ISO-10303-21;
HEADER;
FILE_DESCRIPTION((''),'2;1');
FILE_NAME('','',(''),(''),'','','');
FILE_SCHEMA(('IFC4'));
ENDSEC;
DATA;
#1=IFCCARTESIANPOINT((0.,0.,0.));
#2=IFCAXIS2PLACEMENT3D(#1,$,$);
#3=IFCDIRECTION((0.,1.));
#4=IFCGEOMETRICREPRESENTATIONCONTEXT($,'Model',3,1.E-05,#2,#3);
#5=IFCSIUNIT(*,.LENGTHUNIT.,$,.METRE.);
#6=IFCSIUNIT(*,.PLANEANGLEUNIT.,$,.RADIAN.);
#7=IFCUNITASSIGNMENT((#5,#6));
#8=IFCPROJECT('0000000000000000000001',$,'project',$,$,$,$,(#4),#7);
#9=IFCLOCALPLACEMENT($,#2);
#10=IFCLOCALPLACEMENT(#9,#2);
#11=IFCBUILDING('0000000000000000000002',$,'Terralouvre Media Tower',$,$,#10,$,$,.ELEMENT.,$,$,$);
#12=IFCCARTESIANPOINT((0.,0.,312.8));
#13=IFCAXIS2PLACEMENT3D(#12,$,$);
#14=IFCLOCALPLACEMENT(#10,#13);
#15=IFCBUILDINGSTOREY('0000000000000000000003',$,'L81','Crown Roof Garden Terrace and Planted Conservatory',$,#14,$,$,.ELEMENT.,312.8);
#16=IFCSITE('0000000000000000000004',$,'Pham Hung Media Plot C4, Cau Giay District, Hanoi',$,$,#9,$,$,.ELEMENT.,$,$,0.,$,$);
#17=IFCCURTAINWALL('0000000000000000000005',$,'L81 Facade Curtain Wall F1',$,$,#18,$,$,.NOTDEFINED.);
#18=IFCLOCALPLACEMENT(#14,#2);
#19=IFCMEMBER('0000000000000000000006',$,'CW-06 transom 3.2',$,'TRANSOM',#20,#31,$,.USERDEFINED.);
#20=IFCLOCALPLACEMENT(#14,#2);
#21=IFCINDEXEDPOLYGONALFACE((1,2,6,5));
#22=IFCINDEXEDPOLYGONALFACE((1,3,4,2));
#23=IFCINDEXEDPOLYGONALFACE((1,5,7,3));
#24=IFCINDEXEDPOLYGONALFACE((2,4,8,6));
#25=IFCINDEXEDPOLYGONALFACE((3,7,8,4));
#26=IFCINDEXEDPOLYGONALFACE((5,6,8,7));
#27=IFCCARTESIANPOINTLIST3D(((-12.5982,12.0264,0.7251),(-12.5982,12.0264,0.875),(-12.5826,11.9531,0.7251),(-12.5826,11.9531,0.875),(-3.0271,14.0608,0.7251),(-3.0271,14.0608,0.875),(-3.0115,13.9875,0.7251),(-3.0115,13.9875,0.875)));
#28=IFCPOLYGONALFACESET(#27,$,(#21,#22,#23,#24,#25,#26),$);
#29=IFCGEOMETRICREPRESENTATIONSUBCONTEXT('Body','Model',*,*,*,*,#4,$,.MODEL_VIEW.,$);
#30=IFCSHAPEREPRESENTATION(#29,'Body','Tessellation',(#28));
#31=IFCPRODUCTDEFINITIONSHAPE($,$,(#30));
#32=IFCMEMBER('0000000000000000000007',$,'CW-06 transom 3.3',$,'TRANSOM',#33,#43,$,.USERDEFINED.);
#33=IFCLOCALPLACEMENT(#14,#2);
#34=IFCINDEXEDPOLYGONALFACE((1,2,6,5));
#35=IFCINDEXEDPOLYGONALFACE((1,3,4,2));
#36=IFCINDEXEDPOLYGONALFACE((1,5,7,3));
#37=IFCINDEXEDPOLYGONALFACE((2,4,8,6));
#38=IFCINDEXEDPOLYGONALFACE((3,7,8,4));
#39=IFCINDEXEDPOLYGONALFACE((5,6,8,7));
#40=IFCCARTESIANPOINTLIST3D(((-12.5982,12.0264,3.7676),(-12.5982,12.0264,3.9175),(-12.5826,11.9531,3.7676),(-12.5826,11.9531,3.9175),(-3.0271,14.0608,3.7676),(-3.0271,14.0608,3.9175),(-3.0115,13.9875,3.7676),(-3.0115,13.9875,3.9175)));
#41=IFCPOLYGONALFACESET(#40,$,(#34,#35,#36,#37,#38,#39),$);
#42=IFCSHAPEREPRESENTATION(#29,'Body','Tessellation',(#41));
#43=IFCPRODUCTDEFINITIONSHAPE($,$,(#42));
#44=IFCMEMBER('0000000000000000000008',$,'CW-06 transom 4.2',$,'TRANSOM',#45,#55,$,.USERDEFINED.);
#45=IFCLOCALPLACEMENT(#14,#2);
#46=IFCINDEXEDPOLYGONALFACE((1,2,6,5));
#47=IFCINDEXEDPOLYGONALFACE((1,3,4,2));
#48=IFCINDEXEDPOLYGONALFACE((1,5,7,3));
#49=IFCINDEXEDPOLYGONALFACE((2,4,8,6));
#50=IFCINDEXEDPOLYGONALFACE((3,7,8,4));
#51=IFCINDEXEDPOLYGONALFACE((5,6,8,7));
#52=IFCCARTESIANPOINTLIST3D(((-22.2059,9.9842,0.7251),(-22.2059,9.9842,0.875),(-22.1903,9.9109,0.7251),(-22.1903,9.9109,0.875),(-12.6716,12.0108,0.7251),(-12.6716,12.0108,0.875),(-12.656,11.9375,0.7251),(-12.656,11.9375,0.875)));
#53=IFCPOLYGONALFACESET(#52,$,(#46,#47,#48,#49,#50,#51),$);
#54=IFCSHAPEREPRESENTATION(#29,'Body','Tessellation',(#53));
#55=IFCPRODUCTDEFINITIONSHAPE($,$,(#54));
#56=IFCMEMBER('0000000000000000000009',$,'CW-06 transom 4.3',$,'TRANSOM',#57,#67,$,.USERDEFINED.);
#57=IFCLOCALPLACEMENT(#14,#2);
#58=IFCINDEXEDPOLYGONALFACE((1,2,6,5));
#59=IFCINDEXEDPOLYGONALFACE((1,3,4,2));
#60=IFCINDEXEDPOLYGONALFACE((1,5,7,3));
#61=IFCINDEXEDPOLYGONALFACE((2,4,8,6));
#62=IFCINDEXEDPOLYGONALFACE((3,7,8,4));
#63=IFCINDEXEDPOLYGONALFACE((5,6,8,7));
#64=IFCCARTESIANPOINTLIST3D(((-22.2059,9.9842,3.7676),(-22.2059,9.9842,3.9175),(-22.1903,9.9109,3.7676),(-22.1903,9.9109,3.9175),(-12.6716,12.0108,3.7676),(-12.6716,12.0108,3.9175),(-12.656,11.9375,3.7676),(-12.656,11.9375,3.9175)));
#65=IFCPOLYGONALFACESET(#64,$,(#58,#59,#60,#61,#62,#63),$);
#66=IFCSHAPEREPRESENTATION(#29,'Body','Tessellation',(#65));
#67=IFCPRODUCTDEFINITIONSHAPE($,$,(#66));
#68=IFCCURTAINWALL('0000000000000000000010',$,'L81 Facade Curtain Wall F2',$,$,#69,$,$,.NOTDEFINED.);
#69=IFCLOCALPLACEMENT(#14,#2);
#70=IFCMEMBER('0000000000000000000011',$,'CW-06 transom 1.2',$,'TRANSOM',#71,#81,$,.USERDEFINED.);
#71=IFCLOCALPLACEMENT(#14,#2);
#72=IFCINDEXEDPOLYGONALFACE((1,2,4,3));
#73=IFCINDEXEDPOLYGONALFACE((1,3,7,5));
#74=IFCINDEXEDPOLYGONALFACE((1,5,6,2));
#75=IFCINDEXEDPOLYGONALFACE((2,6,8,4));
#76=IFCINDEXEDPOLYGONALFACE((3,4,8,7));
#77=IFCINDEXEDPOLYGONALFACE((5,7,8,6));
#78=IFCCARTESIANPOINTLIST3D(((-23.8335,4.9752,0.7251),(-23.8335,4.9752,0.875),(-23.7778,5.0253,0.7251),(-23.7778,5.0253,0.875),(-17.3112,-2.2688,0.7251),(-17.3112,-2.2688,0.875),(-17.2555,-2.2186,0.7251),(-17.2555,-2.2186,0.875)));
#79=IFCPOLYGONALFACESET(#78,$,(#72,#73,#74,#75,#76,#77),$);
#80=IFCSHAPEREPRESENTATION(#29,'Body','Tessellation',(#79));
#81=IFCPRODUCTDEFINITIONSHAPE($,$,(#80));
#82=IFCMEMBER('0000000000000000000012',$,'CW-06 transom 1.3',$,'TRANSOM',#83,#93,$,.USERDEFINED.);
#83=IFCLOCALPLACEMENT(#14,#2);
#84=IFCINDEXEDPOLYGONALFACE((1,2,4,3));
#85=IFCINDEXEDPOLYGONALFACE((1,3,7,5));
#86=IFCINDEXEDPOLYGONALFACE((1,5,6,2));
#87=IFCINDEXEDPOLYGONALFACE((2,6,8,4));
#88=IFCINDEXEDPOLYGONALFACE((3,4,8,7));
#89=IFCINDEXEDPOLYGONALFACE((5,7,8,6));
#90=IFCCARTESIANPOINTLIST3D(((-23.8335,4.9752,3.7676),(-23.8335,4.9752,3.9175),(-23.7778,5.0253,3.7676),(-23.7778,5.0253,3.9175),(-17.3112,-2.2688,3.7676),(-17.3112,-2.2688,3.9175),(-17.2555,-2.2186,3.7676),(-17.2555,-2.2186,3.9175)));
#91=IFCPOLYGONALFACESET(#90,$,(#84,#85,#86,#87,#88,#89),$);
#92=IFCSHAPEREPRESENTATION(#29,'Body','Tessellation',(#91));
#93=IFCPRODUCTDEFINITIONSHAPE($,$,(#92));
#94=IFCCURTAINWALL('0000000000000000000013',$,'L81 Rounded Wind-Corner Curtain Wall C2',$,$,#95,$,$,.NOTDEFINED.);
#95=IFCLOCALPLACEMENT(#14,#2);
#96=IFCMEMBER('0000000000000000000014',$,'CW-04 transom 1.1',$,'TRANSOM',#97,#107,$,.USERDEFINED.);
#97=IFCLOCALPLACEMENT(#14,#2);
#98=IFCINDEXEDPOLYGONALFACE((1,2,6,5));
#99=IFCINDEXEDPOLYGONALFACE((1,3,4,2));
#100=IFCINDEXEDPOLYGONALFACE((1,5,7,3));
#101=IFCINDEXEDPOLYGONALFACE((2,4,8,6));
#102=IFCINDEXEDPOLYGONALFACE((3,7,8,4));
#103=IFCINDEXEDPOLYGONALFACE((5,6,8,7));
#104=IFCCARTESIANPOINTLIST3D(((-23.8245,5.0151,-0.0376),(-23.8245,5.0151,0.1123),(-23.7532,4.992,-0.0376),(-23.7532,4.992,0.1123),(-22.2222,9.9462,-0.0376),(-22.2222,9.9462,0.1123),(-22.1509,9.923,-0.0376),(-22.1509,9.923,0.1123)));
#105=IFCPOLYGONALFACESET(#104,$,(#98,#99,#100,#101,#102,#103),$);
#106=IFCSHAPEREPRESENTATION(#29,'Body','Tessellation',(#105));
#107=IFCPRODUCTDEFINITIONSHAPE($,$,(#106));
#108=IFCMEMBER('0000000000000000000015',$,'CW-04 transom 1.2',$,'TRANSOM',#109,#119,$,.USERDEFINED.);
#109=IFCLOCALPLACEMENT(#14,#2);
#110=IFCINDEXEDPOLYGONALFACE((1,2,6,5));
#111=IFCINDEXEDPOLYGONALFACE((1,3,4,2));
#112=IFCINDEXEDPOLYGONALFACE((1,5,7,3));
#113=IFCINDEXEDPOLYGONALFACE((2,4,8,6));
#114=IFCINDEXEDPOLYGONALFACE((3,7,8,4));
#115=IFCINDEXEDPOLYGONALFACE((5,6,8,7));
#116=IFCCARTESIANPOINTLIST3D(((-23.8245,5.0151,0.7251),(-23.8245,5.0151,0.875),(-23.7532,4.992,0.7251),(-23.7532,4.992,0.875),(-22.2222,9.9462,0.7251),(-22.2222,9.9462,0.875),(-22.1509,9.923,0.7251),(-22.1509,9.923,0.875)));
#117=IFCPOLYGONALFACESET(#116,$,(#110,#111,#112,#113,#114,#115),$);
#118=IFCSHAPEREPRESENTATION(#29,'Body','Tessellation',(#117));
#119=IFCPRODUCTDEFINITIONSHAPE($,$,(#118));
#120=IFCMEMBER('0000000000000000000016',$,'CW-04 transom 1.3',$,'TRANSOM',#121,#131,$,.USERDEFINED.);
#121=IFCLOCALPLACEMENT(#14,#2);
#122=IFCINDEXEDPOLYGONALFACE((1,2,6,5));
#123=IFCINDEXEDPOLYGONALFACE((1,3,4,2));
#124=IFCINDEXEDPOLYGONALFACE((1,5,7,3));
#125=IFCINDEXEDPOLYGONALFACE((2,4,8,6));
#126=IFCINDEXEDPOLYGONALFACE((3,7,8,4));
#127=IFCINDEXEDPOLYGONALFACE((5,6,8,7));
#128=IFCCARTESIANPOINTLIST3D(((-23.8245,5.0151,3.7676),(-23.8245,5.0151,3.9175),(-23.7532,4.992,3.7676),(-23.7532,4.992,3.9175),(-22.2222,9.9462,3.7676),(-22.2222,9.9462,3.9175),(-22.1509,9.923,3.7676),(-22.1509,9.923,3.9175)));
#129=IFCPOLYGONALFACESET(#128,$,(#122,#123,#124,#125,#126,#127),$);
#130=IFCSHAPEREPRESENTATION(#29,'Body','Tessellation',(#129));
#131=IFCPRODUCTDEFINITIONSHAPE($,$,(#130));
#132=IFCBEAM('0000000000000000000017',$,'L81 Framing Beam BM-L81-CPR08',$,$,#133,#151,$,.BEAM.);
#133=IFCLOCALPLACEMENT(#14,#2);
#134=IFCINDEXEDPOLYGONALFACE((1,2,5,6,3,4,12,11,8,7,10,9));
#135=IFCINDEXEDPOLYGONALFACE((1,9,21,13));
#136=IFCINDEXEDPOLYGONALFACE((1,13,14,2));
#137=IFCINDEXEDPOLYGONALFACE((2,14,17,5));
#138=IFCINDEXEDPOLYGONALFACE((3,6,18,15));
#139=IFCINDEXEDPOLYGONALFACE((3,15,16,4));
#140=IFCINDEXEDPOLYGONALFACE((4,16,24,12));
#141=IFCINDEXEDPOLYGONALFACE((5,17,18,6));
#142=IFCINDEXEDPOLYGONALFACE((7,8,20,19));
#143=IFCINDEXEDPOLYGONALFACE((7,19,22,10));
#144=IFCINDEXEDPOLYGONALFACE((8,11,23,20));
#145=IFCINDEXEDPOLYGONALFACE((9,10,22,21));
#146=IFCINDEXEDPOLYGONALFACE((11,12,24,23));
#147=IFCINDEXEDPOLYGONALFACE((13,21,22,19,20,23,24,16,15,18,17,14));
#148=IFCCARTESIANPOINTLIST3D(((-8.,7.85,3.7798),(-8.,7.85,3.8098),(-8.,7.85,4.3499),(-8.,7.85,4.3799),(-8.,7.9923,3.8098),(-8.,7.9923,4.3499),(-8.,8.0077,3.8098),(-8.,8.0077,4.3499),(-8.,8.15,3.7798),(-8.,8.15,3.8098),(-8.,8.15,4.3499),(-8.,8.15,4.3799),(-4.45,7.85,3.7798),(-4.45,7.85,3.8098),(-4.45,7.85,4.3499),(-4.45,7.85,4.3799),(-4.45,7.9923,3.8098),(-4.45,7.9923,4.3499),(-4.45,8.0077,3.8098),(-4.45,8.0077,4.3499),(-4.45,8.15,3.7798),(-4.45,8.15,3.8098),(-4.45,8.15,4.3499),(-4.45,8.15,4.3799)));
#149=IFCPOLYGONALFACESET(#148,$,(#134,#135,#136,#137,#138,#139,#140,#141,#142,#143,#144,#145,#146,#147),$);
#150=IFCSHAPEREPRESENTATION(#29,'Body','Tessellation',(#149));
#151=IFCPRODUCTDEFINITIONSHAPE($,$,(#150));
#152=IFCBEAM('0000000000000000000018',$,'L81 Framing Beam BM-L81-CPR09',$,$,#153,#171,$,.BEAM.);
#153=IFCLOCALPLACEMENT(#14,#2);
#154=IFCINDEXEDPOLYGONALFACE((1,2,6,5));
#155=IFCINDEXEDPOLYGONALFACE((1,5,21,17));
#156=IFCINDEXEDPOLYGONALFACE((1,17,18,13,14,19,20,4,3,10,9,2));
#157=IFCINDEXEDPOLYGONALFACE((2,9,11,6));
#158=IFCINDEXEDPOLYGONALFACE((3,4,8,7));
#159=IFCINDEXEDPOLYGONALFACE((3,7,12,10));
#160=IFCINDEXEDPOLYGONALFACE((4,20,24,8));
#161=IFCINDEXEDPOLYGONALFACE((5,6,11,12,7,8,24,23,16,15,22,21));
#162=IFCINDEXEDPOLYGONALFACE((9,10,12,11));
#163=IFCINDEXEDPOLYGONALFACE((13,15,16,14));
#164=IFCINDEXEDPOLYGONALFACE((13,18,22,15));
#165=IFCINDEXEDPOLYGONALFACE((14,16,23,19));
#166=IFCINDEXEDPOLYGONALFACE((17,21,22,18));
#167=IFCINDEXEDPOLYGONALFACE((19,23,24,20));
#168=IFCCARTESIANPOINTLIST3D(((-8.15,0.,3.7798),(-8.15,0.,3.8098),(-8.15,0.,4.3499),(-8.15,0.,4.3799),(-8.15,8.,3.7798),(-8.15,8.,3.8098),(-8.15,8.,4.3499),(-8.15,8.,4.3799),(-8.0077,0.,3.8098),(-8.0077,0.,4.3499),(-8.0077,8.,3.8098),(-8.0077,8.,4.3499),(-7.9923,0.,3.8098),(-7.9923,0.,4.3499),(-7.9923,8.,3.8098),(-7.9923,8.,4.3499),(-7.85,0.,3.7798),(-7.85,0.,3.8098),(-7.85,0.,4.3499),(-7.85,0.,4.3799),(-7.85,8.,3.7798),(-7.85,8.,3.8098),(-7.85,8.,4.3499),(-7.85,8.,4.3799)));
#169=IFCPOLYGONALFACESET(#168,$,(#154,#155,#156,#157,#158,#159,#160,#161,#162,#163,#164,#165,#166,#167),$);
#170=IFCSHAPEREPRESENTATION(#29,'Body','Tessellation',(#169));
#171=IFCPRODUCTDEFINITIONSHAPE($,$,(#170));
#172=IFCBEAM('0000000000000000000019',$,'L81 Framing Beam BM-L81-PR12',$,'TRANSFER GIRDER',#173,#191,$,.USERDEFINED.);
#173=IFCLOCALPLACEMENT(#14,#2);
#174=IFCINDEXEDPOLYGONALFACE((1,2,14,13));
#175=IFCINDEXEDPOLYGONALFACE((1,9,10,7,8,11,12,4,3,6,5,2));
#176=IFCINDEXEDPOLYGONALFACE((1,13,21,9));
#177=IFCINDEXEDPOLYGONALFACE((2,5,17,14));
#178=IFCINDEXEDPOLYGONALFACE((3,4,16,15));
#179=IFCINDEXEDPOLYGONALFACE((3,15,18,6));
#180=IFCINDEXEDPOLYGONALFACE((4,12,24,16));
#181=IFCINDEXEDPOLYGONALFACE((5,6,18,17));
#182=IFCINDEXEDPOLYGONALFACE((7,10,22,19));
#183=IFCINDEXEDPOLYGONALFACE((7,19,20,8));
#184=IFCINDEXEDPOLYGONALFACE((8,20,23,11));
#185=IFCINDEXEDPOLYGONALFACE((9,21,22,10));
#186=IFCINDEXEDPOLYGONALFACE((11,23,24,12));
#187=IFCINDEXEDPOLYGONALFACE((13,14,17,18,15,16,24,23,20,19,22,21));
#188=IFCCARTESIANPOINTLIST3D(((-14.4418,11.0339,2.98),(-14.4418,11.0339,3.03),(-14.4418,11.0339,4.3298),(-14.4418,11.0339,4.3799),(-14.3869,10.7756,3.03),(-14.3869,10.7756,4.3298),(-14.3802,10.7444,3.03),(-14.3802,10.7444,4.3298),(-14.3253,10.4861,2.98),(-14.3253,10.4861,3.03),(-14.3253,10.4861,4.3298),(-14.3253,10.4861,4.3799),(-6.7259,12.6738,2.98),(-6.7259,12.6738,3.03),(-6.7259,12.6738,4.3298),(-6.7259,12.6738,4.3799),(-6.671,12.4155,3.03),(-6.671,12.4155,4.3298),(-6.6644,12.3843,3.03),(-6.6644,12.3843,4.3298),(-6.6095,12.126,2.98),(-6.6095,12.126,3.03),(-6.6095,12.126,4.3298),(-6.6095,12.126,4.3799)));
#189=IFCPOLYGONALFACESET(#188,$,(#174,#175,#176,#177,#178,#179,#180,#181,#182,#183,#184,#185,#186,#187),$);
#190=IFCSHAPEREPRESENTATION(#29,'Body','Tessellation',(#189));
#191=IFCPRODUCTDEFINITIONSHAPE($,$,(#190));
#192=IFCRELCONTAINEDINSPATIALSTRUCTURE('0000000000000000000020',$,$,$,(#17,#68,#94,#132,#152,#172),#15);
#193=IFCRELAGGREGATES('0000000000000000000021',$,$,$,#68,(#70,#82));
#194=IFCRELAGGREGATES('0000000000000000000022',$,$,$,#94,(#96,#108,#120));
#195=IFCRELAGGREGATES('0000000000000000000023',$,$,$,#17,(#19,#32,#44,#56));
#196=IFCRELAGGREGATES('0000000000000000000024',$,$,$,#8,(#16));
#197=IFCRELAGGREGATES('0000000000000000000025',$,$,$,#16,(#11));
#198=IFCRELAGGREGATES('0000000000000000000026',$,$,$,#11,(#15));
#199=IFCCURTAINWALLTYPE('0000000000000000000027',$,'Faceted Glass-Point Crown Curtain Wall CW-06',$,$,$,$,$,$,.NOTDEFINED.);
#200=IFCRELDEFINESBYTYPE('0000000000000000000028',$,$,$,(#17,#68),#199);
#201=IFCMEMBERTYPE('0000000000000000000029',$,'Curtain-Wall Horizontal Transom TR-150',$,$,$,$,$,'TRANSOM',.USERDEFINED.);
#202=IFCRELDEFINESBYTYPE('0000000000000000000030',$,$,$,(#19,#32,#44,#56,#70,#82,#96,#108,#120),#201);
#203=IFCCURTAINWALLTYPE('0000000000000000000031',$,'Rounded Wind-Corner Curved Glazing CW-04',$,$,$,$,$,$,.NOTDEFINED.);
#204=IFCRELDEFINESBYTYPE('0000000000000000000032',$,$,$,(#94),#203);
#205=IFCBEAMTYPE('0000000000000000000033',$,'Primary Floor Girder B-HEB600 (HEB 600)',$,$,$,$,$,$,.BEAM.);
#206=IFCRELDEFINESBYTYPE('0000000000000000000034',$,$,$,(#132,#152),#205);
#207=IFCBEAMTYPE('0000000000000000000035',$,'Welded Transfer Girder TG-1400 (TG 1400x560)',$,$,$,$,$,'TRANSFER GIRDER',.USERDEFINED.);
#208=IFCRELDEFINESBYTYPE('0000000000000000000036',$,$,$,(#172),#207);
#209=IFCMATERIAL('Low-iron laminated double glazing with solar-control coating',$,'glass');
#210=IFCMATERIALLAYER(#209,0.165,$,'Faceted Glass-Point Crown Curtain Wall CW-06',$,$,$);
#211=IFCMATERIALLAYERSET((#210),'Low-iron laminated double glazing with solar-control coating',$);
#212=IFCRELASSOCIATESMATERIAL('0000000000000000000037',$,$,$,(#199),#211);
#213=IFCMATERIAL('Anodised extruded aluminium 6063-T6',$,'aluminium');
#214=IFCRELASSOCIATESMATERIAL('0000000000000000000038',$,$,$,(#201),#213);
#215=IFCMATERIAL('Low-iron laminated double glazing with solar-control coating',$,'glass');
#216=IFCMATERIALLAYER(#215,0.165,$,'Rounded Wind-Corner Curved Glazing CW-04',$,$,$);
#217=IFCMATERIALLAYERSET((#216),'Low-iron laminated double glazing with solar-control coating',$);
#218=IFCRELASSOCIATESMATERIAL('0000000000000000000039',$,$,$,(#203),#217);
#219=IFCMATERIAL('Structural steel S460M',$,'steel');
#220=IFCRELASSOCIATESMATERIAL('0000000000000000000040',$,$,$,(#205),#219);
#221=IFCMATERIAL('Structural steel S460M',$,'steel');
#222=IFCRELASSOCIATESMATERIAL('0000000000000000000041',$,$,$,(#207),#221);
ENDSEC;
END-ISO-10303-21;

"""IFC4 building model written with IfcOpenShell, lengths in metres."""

from ifc_helpers import new_model, si_unit, direction, frame, origin, origin_2d, place, context, subcontext, project, spatial, rectangle, i_section, extrude, material, layer, layer_set, material_profile, profile_set, type_object, element, aggregate, save


model = new_model("IFC4")

# Units and contexts
model_context = context("Model", 3, precision=1e-05, world=origin(), true_north=direction((0.0, 1.0)))
body_context = subcontext(model_context, "Body", "Model", "MODEL_VIEW")
ifc_project = project(units=[si_unit("LENGTHUNIT", "METRE"), si_unit("PLANEANGLEUNIT", "RADIAN")], contexts=[model_context])

# Site, building, storey
site_placement = place(None, origin())
site = spatial("IfcSite", under=ifc_project, at=site_placement, Name="Pham Hung Media Plot C4, Cau Giay District, Hanoi", CompositionType="ELEMENT", RefElevation=0.0)
building_placement = place(site_placement, origin())
building = spatial("IfcBuilding", under=site, at=building_placement, Name="Terralouvre Media Tower", CompositionType="ELEMENT")
storey_placement = place(building_placement, frame((0.0, 0.0, 312.8)))
storey = spatial("IfcBuildingStorey", under=building, at=storey_placement, Name="L81", Description="Crown Roof Garden Terrace and Planted Conservatory", CompositionType="ELEMENT", Elevation=312.8)

# Curtain walls, members
ifc_material_1 = material(Name="Low-iron laminated double glazing with solar-control coating", Category="glass")
ifc_layer_1 = layer(ifc_material_1, 0.165, Name="Faceted Glass-Point Crown Curtain Wall CW-06")
ifc_layer_set_1 = layer_set([ifc_layer_1], Name="Low-iron laminated double glazing with solar-control coating")
curtain_wall_type_1 = type_object("IfcCurtainWallType", Name="Faceted Glass-Point Crown Curtain Wall CW-06", PredefinedType="NOTDEFINED", material=ifc_layer_set_1)
curtain_wall_1_placement = place(storey_placement, origin())
curtain_wall_1 = element("IfcCurtainWall", 1, at=curtain_wall_1_placement, inside=storey, type_object=curtain_wall_type_1, Name="L81 Facade Curtain Wall F1", PredefinedType="NOTDEFINED")
ifc_material_2 = material(Name="Anodised extruded aluminium 6063-T6", Category="aluminium")
ifc_material_profile_1 = material_profile(ifc_material_2, rectangle(XDim=0.075, YDim=0.1499, at=origin_2d()), Name="ALU 75x150")
ifc_profile_set_1 = profile_set([ifc_material_profile_1], Name="Anodised extruded aluminium 6063-T6")
member_type = type_object("IfcMemberType", Name="Curtain-Wall Horizontal Transom TR-150", ElementType="TRANSOM", PredefinedType="USERDEFINED", material=ifc_profile_set_1)
member_1_placement = place(storey_placement, frame((-3.0193, 14.0242, 0.8), z_axis=(-0.978147, -0.207915, 0.0), x_axis=(0.207915, -0.978147, 0.0)))
member_1 = element("IfcMember", 2, at=member_1_placement, type_object=member_type, Name="CW-06 transom 3.2", ObjectType="TRANSOM", PredefinedType="USERDEFINED", context=body_context, shape_type="SweptSolid", body=[
    extrude(rectangle(XDim=0.075, YDim=0.1499, at=origin_2d()), origin(), (0.0, 0.0, 1.0), 9.7849),
])
member_2_placement = place(storey_placement, frame((-3.0193, 14.0242, 3.8425), z_axis=(-0.978147, -0.207915, 0.0), x_axis=(0.207915, -0.978147, 0.0)))
member_2 = element("IfcMember", 3, at=member_2_placement, type_object=member_type, Name="CW-06 transom 3.3", ObjectType="TRANSOM", PredefinedType="USERDEFINED", context=body_context, shape_type="SweptSolid", body=[
    extrude(rectangle(XDim=0.075, YDim=0.1499, at=origin_2d()), origin(), (0.0, 0.0, 1.0), 9.7849),
])
member_3_placement = place(storey_placement, frame((-12.6638, 11.9741, 0.8), z_axis=(-0.978147, -0.207912, 0.0), x_axis=(0.207912, -0.978147, 0.0)))
member_3 = element("IfcMember", 4, at=member_3_placement, type_object=member_type, Name="CW-06 transom 4.2", ObjectType="TRANSOM", PredefinedType="USERDEFINED", context=body_context, shape_type="SweptSolid", body=[
    extrude(rectangle(XDim=0.075, YDim=0.1499, at=origin_2d()), origin(), (0.0, 0.0, 1.0), 9.7473),
])
member_4_placement = place(storey_placement, frame((-12.6638, 11.9741, 3.8425), z_axis=(-0.978147, -0.207912, 0.0), x_axis=(0.207912, -0.978147, 0.0)))
member_4 = element("IfcMember", 5, at=member_4_placement, type_object=member_type, Name="CW-06 transom 4.3", ObjectType="TRANSOM", PredefinedType="USERDEFINED", context=body_context, shape_type="SweptSolid", body=[
    extrude(rectangle(XDim=0.075, YDim=0.1499, at=origin_2d()), origin(), (0.0, 0.0, 1.0), 9.7473),
])
curtain_wall_2_placement = place(storey_placement, origin())
curtain_wall_2 = element("IfcCurtainWall", 6, at=curtain_wall_2_placement, inside=storey, type_object=curtain_wall_type_1, Name="L81 Facade Curtain Wall F2", PredefinedType="NOTDEFINED")
member_5_placement = place(storey_placement, frame((-23.8057, 5.0002, 0.8), z_axis=(0.669118, -0.743156, 0.0), x_axis=(0.743156, 0.669118, 0.0)))
member_5 = element("IfcMember", 7, at=member_5_placement, type_object=member_type, Name="CW-06 transom 1.2", ObjectType="TRANSOM", PredefinedType="USERDEFINED", context=body_context, shape_type="SweptSolid", body=[
    extrude(rectangle(XDim=0.075, YDim=0.1499, at=origin_2d()), origin(), (0.0, 0.0, 1.0), 9.7476),
])
member_6_placement = place(storey_placement, frame((-23.8057, 5.0002, 3.8425), z_axis=(0.669118, -0.743156, 0.0), x_axis=(0.743156, 0.669118, 0.0)))
member_6 = element("IfcMember", 8, at=member_6_placement, type_object=member_type, Name="CW-06 transom 1.3", ObjectType="TRANSOM", PredefinedType="USERDEFINED", context=body_context, shape_type="SweptSolid", body=[
    extrude(rectangle(XDim=0.075, YDim=0.1499, at=origin_2d()), origin(), (0.0, 0.0, 1.0), 9.7476),
])
aggregate(curtain_wall_2, [member_5, member_6])
ifc_material_3 = material(Name="Low-iron laminated double glazing with solar-control coating", Category="glass")
ifc_layer_2 = layer(ifc_material_3, 0.165, Name="Rounded Wind-Corner Curved Glazing CW-04")
ifc_layer_set_2 = layer_set([ifc_layer_2], Name="Low-iron laminated double glazing with solar-control coating")
curtain_wall_type_2 = type_object("IfcCurtainWallType", Name="Rounded Wind-Corner Curved Glazing CW-04", PredefinedType="NOTDEFINED", material=ifc_layer_set_2)
curtain_wall_3_placement = place(storey_placement, origin())
curtain_wall_3 = element("IfcCurtainWall", 9, at=curtain_wall_3_placement, inside=storey, type_object=curtain_wall_type_2, Name="L81 Rounded Wind-Corner Curtain Wall C2", PredefinedType="NOTDEFINED")
member_7_placement = place(storey_placement, frame((-22.1865, 9.9346, 0.0374), z_axis=(-0.309042, -0.951048, 0.0), x_axis=(0.951048, -0.309042, 0.0)))
member_7 = element("IfcMember", 10, at=member_7_placement, type_object=member_type, Name="CW-04 transom 1.1", ObjectType="TRANSOM", PredefinedType="USERDEFINED", context=body_context, shape_type="SweptSolid", body=[
    extrude(rectangle(XDim=0.075, YDim=0.1499, at=origin_2d()), origin(), (0.0, 0.0, 1.0), 5.1848),
])
member_8_placement = place(storey_placement, frame((-22.1865, 9.9346, 0.8), z_axis=(-0.309042, -0.951048, 0.0), x_axis=(0.951048, -0.309042, 0.0)))
member_8 = element("IfcMember", 11, at=member_8_placement, type_object=member_type, Name="CW-04 transom 1.2", ObjectType="TRANSOM", PredefinedType="USERDEFINED", context=body_context, shape_type="SweptSolid", body=[
    extrude(rectangle(XDim=0.075, YDim=0.1499, at=origin_2d()), origin(), (0.0, 0.0, 1.0), 5.1848),
])
member_9_placement = place(storey_placement, frame((-22.1865, 9.9346, 3.8425), z_axis=(-0.309042, -0.951048, 0.0), x_axis=(0.951048, -0.309042, 0.0)))
member_9 = element("IfcMember", 12, at=member_9_placement, type_object=member_type, Name="CW-04 transom 1.3", ObjectType="TRANSOM", PredefinedType="USERDEFINED", context=body_context, shape_type="SweptSolid", body=[
    extrude(rectangle(XDim=0.075, YDim=0.1499, at=origin_2d()), origin(), (0.0, 0.0, 1.0), 5.1848),
])

# Beams
ifc_material_4 = material(Name="Structural steel S460M", Category="steel")
ifc_material_profile_2 = material_profile(ifc_material_4, i_section(OverallWidth=0.3, OverallDepth=0.6001, WebThickness=0.0154, FlangeThickness=0.03, at=origin_2d()), Name="HEB 600")
ifc_profile_set_2 = profile_set([ifc_material_profile_2], Name="Structural steel S460M")
beam_type_1 = type_object("IfcBeamType", Name="Primary Floor Girder B-HEB600 (HEB 600)", PredefinedType="BEAM", material=ifc_profile_set_2)
beam_1_placement = place(storey_placement, frame((-4.45, 8.0, 4.0798), z_axis=(-1.0, 0.0, 0.0), x_axis=(0.0, -1.0, 0.0)))
element("IfcBeam", 13, at=beam_1_placement, inside=storey, type_object=beam_type_1, Name="L81 Framing Beam BM-L81-CPR08", PredefinedType="BEAM", context=body_context, shape_type="SweptSolid", body=[
    extrude(i_section(OverallWidth=0.3, OverallDepth=0.6001, WebThickness=0.0154, FlangeThickness=0.03, at=origin_2d()), origin(), (0.0, 0.0, 1.0), 3.55),
])
beam_2_placement = place(storey_placement, frame((-8.0, 8.0, 4.0798), z_axis=(0.0, -1.0, 0.0), x_axis=(1.0, 0.0, 0.0)))
element("IfcBeam", 14, at=beam_2_placement, inside=storey, type_object=beam_type_1, Name="L81 Framing Beam BM-L81-CPR09", PredefinedType="BEAM", context=body_context, shape_type="SweptSolid", body=[
    extrude(i_section(OverallWidth=0.3, OverallDepth=0.6001, WebThickness=0.0154, FlangeThickness=0.03, at=origin_2d()), origin(), (0.0, 0.0, 1.0), 8.0),
])
ifc_material_5 = material(Name="Structural steel S460M", Category="steel")
ifc_material_profile_3 = material_profile(ifc_material_5, i_section(OverallWidth=0.5601, OverallDepth=1.3999, WebThickness=0.032, FlangeThickness=0.05, at=origin_2d()), Name="TG 1400x560")
ifc_profile_set_3 = profile_set([ifc_material_profile_3], Name="Structural steel S460M")
beam_type_2 = type_object("IfcBeamType", Name="Welded Transfer Girder TG-1400 (TG 1400x560)", ElementType="TRANSFER GIRDER", PredefinedType="USERDEFINED", material=ifc_profile_set_3)
beam_3_placement = place(storey_placement, frame((-6.6677, 12.3999, 3.6799), z_axis=(-0.978152, -0.207893, 0.0), x_axis=(0.207893, -0.978152, 0.0)))
element("IfcBeam", 15, at=beam_3_placement, inside=storey, type_object=beam_type_2, Name="L81 Framing Beam BM-L81-PR12", ObjectType="TRANSFER GIRDER", PredefinedType="USERDEFINED", context=body_context, shape_type="SweptSolid", body=[
    extrude(i_section(OverallWidth=0.5601, OverallDepth=1.3999, WebThickness=0.032, FlangeThickness=0.05, at=origin_2d()), origin(), (0.0, 0.0, 1.0), 7.8882),
])

aggregate(curtain_wall_3, [member_7, member_8, member_9])
aggregate(curtain_wall_1, [member_1, member_2, member_3, member_4])

save(model, "model.ifc")
